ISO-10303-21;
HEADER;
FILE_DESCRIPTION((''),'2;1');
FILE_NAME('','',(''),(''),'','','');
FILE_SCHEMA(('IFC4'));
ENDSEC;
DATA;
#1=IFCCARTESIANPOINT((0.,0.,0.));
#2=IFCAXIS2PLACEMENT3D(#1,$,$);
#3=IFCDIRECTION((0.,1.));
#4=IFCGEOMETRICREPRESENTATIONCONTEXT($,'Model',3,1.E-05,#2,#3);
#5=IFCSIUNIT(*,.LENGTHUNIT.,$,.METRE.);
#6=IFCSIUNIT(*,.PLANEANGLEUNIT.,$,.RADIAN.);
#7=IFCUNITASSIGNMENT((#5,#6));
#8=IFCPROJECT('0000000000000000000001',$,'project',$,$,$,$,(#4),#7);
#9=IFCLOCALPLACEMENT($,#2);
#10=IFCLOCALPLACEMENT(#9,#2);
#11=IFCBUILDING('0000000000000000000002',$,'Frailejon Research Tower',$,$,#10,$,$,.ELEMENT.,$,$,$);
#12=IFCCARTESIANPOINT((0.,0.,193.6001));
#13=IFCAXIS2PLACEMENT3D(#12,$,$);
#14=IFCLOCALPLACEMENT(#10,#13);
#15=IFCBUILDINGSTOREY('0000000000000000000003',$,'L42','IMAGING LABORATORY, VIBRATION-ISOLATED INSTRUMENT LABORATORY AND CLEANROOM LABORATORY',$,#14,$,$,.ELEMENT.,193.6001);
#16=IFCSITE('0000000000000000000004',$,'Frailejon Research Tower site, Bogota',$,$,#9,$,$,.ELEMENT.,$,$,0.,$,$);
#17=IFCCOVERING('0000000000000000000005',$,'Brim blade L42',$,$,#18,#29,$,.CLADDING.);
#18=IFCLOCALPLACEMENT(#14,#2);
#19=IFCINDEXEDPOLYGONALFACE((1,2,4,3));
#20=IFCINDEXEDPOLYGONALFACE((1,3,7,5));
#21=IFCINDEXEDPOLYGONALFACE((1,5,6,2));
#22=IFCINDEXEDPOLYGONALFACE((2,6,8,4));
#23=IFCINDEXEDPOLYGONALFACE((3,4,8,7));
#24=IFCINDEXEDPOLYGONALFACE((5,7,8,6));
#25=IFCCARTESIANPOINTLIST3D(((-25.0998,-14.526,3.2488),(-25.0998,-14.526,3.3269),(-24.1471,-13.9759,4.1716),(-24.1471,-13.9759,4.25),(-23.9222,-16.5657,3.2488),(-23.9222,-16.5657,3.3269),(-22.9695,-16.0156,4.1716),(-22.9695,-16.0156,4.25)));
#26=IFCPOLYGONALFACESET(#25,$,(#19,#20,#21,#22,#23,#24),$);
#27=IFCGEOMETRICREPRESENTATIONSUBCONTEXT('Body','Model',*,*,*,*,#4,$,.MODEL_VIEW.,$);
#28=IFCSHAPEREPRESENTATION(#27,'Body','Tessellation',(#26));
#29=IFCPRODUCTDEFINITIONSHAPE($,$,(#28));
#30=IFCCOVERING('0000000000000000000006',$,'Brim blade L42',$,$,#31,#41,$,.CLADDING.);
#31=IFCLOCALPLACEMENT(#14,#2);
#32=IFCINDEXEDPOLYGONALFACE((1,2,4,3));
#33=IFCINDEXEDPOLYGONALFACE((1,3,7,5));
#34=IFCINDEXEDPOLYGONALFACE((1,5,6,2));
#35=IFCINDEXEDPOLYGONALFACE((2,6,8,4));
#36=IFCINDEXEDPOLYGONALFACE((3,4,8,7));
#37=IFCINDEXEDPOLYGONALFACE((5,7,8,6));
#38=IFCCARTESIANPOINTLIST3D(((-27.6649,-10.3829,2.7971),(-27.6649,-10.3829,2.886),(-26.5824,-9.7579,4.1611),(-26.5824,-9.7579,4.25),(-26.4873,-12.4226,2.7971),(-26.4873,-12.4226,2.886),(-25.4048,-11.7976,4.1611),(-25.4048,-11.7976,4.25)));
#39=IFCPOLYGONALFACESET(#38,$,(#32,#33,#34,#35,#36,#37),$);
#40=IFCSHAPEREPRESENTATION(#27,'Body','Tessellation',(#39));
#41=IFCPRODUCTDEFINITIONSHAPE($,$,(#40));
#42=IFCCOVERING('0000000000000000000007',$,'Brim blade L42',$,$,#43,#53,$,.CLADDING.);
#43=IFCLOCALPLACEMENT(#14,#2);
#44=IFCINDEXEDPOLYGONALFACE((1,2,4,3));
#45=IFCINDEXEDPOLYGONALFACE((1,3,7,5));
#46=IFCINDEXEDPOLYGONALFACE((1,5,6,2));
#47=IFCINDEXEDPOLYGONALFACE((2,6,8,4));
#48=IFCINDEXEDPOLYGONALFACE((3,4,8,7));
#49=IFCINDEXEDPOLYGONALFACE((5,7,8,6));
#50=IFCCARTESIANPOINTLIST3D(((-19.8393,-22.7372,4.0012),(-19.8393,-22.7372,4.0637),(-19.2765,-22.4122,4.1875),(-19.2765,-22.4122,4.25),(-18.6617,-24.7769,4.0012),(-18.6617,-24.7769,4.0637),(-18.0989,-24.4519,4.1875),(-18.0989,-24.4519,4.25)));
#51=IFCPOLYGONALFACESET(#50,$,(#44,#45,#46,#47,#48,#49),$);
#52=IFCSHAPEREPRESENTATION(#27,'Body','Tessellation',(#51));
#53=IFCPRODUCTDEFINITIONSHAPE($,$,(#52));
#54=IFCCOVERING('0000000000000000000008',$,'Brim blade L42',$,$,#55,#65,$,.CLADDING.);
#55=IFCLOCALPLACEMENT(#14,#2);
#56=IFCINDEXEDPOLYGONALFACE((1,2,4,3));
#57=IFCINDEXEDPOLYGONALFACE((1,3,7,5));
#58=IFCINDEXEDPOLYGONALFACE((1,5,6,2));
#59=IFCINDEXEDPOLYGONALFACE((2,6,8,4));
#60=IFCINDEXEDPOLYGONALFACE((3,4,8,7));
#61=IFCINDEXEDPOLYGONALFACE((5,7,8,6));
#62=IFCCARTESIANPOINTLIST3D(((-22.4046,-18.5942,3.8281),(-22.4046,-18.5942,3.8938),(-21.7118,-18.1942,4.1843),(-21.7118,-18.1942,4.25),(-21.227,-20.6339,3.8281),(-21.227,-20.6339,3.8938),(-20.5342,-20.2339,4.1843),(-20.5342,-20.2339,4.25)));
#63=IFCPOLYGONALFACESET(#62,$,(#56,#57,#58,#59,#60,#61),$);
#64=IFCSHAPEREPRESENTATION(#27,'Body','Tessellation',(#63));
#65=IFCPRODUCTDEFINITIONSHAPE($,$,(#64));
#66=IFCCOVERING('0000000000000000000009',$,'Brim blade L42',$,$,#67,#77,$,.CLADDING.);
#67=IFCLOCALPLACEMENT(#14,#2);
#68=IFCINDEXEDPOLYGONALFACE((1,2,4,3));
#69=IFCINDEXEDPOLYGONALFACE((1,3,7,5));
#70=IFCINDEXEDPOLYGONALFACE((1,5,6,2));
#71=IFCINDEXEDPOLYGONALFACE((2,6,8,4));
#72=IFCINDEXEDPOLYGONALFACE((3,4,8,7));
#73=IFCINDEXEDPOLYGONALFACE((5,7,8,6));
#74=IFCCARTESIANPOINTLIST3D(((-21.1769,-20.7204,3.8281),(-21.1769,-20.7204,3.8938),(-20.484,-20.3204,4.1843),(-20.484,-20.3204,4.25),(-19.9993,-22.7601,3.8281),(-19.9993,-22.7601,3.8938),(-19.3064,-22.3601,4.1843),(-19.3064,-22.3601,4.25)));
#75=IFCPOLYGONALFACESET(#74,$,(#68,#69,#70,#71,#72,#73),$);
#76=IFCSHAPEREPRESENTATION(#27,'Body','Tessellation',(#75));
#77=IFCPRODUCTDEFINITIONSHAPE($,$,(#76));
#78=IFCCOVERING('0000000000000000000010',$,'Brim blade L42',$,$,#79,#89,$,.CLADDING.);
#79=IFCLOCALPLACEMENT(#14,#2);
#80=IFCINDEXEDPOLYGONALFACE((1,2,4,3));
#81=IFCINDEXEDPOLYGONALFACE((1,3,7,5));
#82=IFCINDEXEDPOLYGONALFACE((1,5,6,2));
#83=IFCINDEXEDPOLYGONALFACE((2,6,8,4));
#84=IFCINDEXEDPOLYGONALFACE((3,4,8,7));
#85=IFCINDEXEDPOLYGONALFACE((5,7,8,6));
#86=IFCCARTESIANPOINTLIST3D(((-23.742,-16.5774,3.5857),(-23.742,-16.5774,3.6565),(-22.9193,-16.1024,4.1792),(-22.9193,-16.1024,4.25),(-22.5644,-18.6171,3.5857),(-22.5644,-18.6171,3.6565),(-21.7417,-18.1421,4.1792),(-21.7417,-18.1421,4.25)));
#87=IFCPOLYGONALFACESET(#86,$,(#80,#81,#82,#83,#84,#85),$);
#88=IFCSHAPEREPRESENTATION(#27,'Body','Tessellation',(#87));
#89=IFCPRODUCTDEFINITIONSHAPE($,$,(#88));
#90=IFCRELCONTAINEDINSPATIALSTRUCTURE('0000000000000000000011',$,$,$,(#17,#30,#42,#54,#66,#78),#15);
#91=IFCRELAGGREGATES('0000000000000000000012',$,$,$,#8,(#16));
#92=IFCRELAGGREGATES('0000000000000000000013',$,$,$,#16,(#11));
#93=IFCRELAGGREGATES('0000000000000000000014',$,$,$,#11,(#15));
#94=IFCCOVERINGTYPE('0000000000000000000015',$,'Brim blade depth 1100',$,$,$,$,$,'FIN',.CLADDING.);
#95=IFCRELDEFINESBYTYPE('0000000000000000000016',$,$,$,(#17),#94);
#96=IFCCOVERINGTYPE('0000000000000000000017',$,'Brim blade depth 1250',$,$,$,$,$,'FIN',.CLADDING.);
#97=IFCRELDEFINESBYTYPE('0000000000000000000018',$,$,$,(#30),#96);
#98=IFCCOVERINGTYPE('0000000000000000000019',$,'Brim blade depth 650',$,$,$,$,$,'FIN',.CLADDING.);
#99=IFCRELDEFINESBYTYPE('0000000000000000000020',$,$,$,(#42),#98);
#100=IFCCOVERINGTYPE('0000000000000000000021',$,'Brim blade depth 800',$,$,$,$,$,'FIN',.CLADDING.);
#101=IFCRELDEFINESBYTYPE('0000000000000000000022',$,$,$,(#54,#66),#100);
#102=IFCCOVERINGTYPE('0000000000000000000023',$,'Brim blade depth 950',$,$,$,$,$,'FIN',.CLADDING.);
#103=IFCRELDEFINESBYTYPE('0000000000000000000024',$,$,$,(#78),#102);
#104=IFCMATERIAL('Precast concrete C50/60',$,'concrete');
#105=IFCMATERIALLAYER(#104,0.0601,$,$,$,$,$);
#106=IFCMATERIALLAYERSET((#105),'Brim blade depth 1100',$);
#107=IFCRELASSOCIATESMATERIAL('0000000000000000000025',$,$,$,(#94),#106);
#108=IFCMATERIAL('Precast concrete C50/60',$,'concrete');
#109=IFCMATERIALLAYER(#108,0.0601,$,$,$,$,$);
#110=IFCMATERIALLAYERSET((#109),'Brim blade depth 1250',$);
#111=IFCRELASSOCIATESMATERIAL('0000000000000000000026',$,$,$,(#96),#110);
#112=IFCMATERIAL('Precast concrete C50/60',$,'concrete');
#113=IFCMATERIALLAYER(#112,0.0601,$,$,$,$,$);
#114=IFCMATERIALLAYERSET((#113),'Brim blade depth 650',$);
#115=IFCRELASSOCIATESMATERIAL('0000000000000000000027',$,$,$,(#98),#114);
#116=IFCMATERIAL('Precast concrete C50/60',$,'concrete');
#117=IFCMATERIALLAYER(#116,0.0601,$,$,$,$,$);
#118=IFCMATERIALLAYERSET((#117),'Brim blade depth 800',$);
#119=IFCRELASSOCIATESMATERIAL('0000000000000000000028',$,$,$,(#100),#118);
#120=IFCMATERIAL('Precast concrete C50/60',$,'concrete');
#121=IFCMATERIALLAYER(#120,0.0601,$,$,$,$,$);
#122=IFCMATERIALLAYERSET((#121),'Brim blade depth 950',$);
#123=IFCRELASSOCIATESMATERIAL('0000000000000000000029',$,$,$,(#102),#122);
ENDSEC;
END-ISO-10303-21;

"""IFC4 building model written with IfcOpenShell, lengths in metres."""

from ifc_helpers import new_model, si_unit, direction, frame, origin, place, context, subcontext, project, spatial, polyline, outline, extrude, material, layer, layer_set, type_object, element, save


model = new_model("IFC4")

# Units and contexts
model_context = context("Model", 3, precision=1e-05, world=origin(), true_north=direction((0.0, 1.0)))
body_context = subcontext(model_context, "Body", "Model", "MODEL_VIEW")
ifc_project = project(units=[si_unit("LENGTHUNIT", "METRE"), si_unit("PLANEANGLEUNIT", "RADIAN")], contexts=[model_context])

# Site, building, storey
site_placement = place(None, origin())
site = spatial("IfcSite", under=ifc_project, at=site_placement, Name="Frailejon Research Tower site, Bogota", CompositionType="ELEMENT", RefElevation=0.0)
building_placement = place(site_placement, origin())
building = spatial("IfcBuilding", under=site, at=building_placement, Name="Frailejon Research Tower", CompositionType="ELEMENT")
storey_placement = place(building_placement, frame((0.0, 0.0, 193.6001)))
storey = spatial("IfcBuildingStorey", under=building, at=storey_placement, Name="L42", Description="IMAGING LABORATORY, VIBRATION-ISOLATED INSTRUMENT LABORATORY AND CLEANROOM LABORATORY", CompositionType="ELEMENT", Elevation=193.6001)

# Coverings
ifc_material_1 = material(Name="Precast concrete C50/60", Category="concrete")
ifc_layer_1 = layer(ifc_material_1, 0.0601)
ifc_layer_set_1 = layer_set([ifc_layer_1], Name="Brim blade depth 1100")
covering_type_1 = type_object("IfcCoveringType", Name="Brim blade depth 1100", ElementType="FIN", PredefinedType="CLADDING", material=ifc_layer_set_1)
for number, where, z_axis, x_axis, name in (
    (1, (-22.9695, -16.0156, 4.25), (-0.500006, 0.866022, 0.0), (-0.866022, -0.500006, 0.0), "Brim blade L42"),
):
    element("IfcCovering", number, at=place(storey_placement, frame(where, z_axis=z_axis, x_axis=x_axis)), inside=storey, type_object=covering_type_1, Name=name, PredefinedType="CLADDING", context=body_context, shape_type="SweptSolid", body=[
        extrude(outline(polyline([(0.0, -0.0784), (1.1001, -1.0012), (1.1001, -0.9231), (0.0, 0.0), (0.0, -0.0784)])), origin(), (0.0, 0.0, 1.0), 2.3552),
    ])
ifc_material_2 = material(Name="Precast concrete C50/60", Category="concrete")
ifc_layer_2 = layer(ifc_material_2, 0.0601)
ifc_layer_set_2 = layer_set([ifc_layer_2], Name="Brim blade depth 1250")
covering_type_2 = type_object("IfcCoveringType", Name="Brim blade depth 1250", ElementType="FIN", PredefinedType="CLADDING", material=ifc_layer_set_2)
covering_1_placement = place(storey_placement, frame((-25.4048, -11.7976, 4.25), z_axis=(-0.499997, 0.866027, 0.0), x_axis=(-0.866027, -0.499997, 0.0)))
element("IfcCovering", 2, at=covering_1_placement, inside=storey, type_object=covering_type_2, Name="Brim blade L42", PredefinedType="CLADDING", context=body_context, shape_type="SweptSolid", body=[
    extrude(outline(polyline([(0.0, -0.0889), (1.25, -1.4529), (1.25, -1.364), (0.0, 0.0), (0.0, -0.0889)])), origin(), (0.0, 0.0, 1.0), 2.3552),
])
ifc_material_3 = material(Name="Precast concrete C50/60", Category="concrete")
ifc_layer_3 = layer(ifc_material_3, 0.0601)
ifc_layer_set_3 = layer_set([ifc_layer_3], Name="Brim blade depth 650")
covering_type_3 = type_object("IfcCoveringType", Name="Brim blade depth 650", ElementType="FIN", PredefinedType="CLADDING", material=ifc_layer_set_3)
covering_2_placement = place(storey_placement, frame((-18.0989, -24.4519, 4.25), z_axis=(-0.499997, 0.866027, 0.0), x_axis=(-0.866027, -0.499997, 0.0)))
element("IfcCovering", 3, at=covering_2_placement, inside=storey, type_object=covering_type_3, Name="Brim blade L42", PredefinedType="CLADDING", context=body_context, shape_type="SweptSolid", body=[
    extrude(outline(polyline([(0.0, -0.0625), (0.6499, -0.2488), (0.6499, -0.1863), (0.0, 0.0), (0.0, -0.0625)])), origin(), (0.0, 0.0, 1.0), 2.3552),
])
ifc_material_4 = material(Name="Precast concrete C50/60", Category="concrete")
ifc_layer_4 = layer(ifc_material_4, 0.0601)
ifc_layer_set_4 = layer_set([ifc_layer_4], Name="Brim blade depth 800")
covering_type_4 = type_object("IfcCoveringType", Name="Brim blade depth 800", ElementType="FIN", PredefinedType="CLADDING", material=ifc_layer_set_4)
for number, where, z_axis, x_axis, name in (
    (4, (-20.5342, -20.2339, 4.25), (-0.499997, 0.866027, 0.0), (-0.866027, -0.499997, 0.0), "Brim blade L42"),
    (5, (-19.3064, -22.3601, 4.25), (-0.499997, 0.866027, 0.0), (-0.866027, -0.499997, 0.0), "Brim blade L42"),
):
    element("IfcCovering", number, at=place(storey_placement, frame(where, z_axis=z_axis, x_axis=x_axis)), inside=storey, type_object=covering_type_4, Name=name, PredefinedType="CLADDING", context=body_context, shape_type="SweptSolid", body=[
        extrude(outline(polyline([(0.0, -0.0657), (0.8, -0.4219), (0.8, -0.3562), (0.0, 0.0), (0.0, -0.0657)])), origin(), (0.0, 0.0, 1.0), 2.3552),
    ])
ifc_material_5 = material(Name="Precast concrete C50/60", Category="concrete")
ifc_layer_5 = layer(ifc_material_5, 0.0601)
ifc_layer_set_5 = layer_set([ifc_layer_5], Name="Brim blade depth 950")
covering_type_5 = type_object("IfcCoveringType", Name="Brim blade depth 950", ElementType="FIN", PredefinedType="CLADDING", material=ifc_layer_set_5)
covering_3_placement = place(storey_placement, frame((-21.7417, -18.1421, 4.25), z_axis=(-0.499997, 0.866027, 0.0), x_axis=(-0.866027, -0.499997, 0.0)))
element("IfcCovering", 6, at=covering_3_placement, inside=storey, type_object=covering_type_5, Name="Brim blade L42", PredefinedType="CLADDING", context=body_context, shape_type="SweptSolid", body=[
    extrude(outline(polyline([(0.0, -0.0708), (0.95, -0.6643), (0.95, -0.5935), (0.0, 0.0), (0.0, -0.0708)])), origin(), (0.0, 0.0, 1.0), 2.3552),
])

save(model, "model.ifc")
